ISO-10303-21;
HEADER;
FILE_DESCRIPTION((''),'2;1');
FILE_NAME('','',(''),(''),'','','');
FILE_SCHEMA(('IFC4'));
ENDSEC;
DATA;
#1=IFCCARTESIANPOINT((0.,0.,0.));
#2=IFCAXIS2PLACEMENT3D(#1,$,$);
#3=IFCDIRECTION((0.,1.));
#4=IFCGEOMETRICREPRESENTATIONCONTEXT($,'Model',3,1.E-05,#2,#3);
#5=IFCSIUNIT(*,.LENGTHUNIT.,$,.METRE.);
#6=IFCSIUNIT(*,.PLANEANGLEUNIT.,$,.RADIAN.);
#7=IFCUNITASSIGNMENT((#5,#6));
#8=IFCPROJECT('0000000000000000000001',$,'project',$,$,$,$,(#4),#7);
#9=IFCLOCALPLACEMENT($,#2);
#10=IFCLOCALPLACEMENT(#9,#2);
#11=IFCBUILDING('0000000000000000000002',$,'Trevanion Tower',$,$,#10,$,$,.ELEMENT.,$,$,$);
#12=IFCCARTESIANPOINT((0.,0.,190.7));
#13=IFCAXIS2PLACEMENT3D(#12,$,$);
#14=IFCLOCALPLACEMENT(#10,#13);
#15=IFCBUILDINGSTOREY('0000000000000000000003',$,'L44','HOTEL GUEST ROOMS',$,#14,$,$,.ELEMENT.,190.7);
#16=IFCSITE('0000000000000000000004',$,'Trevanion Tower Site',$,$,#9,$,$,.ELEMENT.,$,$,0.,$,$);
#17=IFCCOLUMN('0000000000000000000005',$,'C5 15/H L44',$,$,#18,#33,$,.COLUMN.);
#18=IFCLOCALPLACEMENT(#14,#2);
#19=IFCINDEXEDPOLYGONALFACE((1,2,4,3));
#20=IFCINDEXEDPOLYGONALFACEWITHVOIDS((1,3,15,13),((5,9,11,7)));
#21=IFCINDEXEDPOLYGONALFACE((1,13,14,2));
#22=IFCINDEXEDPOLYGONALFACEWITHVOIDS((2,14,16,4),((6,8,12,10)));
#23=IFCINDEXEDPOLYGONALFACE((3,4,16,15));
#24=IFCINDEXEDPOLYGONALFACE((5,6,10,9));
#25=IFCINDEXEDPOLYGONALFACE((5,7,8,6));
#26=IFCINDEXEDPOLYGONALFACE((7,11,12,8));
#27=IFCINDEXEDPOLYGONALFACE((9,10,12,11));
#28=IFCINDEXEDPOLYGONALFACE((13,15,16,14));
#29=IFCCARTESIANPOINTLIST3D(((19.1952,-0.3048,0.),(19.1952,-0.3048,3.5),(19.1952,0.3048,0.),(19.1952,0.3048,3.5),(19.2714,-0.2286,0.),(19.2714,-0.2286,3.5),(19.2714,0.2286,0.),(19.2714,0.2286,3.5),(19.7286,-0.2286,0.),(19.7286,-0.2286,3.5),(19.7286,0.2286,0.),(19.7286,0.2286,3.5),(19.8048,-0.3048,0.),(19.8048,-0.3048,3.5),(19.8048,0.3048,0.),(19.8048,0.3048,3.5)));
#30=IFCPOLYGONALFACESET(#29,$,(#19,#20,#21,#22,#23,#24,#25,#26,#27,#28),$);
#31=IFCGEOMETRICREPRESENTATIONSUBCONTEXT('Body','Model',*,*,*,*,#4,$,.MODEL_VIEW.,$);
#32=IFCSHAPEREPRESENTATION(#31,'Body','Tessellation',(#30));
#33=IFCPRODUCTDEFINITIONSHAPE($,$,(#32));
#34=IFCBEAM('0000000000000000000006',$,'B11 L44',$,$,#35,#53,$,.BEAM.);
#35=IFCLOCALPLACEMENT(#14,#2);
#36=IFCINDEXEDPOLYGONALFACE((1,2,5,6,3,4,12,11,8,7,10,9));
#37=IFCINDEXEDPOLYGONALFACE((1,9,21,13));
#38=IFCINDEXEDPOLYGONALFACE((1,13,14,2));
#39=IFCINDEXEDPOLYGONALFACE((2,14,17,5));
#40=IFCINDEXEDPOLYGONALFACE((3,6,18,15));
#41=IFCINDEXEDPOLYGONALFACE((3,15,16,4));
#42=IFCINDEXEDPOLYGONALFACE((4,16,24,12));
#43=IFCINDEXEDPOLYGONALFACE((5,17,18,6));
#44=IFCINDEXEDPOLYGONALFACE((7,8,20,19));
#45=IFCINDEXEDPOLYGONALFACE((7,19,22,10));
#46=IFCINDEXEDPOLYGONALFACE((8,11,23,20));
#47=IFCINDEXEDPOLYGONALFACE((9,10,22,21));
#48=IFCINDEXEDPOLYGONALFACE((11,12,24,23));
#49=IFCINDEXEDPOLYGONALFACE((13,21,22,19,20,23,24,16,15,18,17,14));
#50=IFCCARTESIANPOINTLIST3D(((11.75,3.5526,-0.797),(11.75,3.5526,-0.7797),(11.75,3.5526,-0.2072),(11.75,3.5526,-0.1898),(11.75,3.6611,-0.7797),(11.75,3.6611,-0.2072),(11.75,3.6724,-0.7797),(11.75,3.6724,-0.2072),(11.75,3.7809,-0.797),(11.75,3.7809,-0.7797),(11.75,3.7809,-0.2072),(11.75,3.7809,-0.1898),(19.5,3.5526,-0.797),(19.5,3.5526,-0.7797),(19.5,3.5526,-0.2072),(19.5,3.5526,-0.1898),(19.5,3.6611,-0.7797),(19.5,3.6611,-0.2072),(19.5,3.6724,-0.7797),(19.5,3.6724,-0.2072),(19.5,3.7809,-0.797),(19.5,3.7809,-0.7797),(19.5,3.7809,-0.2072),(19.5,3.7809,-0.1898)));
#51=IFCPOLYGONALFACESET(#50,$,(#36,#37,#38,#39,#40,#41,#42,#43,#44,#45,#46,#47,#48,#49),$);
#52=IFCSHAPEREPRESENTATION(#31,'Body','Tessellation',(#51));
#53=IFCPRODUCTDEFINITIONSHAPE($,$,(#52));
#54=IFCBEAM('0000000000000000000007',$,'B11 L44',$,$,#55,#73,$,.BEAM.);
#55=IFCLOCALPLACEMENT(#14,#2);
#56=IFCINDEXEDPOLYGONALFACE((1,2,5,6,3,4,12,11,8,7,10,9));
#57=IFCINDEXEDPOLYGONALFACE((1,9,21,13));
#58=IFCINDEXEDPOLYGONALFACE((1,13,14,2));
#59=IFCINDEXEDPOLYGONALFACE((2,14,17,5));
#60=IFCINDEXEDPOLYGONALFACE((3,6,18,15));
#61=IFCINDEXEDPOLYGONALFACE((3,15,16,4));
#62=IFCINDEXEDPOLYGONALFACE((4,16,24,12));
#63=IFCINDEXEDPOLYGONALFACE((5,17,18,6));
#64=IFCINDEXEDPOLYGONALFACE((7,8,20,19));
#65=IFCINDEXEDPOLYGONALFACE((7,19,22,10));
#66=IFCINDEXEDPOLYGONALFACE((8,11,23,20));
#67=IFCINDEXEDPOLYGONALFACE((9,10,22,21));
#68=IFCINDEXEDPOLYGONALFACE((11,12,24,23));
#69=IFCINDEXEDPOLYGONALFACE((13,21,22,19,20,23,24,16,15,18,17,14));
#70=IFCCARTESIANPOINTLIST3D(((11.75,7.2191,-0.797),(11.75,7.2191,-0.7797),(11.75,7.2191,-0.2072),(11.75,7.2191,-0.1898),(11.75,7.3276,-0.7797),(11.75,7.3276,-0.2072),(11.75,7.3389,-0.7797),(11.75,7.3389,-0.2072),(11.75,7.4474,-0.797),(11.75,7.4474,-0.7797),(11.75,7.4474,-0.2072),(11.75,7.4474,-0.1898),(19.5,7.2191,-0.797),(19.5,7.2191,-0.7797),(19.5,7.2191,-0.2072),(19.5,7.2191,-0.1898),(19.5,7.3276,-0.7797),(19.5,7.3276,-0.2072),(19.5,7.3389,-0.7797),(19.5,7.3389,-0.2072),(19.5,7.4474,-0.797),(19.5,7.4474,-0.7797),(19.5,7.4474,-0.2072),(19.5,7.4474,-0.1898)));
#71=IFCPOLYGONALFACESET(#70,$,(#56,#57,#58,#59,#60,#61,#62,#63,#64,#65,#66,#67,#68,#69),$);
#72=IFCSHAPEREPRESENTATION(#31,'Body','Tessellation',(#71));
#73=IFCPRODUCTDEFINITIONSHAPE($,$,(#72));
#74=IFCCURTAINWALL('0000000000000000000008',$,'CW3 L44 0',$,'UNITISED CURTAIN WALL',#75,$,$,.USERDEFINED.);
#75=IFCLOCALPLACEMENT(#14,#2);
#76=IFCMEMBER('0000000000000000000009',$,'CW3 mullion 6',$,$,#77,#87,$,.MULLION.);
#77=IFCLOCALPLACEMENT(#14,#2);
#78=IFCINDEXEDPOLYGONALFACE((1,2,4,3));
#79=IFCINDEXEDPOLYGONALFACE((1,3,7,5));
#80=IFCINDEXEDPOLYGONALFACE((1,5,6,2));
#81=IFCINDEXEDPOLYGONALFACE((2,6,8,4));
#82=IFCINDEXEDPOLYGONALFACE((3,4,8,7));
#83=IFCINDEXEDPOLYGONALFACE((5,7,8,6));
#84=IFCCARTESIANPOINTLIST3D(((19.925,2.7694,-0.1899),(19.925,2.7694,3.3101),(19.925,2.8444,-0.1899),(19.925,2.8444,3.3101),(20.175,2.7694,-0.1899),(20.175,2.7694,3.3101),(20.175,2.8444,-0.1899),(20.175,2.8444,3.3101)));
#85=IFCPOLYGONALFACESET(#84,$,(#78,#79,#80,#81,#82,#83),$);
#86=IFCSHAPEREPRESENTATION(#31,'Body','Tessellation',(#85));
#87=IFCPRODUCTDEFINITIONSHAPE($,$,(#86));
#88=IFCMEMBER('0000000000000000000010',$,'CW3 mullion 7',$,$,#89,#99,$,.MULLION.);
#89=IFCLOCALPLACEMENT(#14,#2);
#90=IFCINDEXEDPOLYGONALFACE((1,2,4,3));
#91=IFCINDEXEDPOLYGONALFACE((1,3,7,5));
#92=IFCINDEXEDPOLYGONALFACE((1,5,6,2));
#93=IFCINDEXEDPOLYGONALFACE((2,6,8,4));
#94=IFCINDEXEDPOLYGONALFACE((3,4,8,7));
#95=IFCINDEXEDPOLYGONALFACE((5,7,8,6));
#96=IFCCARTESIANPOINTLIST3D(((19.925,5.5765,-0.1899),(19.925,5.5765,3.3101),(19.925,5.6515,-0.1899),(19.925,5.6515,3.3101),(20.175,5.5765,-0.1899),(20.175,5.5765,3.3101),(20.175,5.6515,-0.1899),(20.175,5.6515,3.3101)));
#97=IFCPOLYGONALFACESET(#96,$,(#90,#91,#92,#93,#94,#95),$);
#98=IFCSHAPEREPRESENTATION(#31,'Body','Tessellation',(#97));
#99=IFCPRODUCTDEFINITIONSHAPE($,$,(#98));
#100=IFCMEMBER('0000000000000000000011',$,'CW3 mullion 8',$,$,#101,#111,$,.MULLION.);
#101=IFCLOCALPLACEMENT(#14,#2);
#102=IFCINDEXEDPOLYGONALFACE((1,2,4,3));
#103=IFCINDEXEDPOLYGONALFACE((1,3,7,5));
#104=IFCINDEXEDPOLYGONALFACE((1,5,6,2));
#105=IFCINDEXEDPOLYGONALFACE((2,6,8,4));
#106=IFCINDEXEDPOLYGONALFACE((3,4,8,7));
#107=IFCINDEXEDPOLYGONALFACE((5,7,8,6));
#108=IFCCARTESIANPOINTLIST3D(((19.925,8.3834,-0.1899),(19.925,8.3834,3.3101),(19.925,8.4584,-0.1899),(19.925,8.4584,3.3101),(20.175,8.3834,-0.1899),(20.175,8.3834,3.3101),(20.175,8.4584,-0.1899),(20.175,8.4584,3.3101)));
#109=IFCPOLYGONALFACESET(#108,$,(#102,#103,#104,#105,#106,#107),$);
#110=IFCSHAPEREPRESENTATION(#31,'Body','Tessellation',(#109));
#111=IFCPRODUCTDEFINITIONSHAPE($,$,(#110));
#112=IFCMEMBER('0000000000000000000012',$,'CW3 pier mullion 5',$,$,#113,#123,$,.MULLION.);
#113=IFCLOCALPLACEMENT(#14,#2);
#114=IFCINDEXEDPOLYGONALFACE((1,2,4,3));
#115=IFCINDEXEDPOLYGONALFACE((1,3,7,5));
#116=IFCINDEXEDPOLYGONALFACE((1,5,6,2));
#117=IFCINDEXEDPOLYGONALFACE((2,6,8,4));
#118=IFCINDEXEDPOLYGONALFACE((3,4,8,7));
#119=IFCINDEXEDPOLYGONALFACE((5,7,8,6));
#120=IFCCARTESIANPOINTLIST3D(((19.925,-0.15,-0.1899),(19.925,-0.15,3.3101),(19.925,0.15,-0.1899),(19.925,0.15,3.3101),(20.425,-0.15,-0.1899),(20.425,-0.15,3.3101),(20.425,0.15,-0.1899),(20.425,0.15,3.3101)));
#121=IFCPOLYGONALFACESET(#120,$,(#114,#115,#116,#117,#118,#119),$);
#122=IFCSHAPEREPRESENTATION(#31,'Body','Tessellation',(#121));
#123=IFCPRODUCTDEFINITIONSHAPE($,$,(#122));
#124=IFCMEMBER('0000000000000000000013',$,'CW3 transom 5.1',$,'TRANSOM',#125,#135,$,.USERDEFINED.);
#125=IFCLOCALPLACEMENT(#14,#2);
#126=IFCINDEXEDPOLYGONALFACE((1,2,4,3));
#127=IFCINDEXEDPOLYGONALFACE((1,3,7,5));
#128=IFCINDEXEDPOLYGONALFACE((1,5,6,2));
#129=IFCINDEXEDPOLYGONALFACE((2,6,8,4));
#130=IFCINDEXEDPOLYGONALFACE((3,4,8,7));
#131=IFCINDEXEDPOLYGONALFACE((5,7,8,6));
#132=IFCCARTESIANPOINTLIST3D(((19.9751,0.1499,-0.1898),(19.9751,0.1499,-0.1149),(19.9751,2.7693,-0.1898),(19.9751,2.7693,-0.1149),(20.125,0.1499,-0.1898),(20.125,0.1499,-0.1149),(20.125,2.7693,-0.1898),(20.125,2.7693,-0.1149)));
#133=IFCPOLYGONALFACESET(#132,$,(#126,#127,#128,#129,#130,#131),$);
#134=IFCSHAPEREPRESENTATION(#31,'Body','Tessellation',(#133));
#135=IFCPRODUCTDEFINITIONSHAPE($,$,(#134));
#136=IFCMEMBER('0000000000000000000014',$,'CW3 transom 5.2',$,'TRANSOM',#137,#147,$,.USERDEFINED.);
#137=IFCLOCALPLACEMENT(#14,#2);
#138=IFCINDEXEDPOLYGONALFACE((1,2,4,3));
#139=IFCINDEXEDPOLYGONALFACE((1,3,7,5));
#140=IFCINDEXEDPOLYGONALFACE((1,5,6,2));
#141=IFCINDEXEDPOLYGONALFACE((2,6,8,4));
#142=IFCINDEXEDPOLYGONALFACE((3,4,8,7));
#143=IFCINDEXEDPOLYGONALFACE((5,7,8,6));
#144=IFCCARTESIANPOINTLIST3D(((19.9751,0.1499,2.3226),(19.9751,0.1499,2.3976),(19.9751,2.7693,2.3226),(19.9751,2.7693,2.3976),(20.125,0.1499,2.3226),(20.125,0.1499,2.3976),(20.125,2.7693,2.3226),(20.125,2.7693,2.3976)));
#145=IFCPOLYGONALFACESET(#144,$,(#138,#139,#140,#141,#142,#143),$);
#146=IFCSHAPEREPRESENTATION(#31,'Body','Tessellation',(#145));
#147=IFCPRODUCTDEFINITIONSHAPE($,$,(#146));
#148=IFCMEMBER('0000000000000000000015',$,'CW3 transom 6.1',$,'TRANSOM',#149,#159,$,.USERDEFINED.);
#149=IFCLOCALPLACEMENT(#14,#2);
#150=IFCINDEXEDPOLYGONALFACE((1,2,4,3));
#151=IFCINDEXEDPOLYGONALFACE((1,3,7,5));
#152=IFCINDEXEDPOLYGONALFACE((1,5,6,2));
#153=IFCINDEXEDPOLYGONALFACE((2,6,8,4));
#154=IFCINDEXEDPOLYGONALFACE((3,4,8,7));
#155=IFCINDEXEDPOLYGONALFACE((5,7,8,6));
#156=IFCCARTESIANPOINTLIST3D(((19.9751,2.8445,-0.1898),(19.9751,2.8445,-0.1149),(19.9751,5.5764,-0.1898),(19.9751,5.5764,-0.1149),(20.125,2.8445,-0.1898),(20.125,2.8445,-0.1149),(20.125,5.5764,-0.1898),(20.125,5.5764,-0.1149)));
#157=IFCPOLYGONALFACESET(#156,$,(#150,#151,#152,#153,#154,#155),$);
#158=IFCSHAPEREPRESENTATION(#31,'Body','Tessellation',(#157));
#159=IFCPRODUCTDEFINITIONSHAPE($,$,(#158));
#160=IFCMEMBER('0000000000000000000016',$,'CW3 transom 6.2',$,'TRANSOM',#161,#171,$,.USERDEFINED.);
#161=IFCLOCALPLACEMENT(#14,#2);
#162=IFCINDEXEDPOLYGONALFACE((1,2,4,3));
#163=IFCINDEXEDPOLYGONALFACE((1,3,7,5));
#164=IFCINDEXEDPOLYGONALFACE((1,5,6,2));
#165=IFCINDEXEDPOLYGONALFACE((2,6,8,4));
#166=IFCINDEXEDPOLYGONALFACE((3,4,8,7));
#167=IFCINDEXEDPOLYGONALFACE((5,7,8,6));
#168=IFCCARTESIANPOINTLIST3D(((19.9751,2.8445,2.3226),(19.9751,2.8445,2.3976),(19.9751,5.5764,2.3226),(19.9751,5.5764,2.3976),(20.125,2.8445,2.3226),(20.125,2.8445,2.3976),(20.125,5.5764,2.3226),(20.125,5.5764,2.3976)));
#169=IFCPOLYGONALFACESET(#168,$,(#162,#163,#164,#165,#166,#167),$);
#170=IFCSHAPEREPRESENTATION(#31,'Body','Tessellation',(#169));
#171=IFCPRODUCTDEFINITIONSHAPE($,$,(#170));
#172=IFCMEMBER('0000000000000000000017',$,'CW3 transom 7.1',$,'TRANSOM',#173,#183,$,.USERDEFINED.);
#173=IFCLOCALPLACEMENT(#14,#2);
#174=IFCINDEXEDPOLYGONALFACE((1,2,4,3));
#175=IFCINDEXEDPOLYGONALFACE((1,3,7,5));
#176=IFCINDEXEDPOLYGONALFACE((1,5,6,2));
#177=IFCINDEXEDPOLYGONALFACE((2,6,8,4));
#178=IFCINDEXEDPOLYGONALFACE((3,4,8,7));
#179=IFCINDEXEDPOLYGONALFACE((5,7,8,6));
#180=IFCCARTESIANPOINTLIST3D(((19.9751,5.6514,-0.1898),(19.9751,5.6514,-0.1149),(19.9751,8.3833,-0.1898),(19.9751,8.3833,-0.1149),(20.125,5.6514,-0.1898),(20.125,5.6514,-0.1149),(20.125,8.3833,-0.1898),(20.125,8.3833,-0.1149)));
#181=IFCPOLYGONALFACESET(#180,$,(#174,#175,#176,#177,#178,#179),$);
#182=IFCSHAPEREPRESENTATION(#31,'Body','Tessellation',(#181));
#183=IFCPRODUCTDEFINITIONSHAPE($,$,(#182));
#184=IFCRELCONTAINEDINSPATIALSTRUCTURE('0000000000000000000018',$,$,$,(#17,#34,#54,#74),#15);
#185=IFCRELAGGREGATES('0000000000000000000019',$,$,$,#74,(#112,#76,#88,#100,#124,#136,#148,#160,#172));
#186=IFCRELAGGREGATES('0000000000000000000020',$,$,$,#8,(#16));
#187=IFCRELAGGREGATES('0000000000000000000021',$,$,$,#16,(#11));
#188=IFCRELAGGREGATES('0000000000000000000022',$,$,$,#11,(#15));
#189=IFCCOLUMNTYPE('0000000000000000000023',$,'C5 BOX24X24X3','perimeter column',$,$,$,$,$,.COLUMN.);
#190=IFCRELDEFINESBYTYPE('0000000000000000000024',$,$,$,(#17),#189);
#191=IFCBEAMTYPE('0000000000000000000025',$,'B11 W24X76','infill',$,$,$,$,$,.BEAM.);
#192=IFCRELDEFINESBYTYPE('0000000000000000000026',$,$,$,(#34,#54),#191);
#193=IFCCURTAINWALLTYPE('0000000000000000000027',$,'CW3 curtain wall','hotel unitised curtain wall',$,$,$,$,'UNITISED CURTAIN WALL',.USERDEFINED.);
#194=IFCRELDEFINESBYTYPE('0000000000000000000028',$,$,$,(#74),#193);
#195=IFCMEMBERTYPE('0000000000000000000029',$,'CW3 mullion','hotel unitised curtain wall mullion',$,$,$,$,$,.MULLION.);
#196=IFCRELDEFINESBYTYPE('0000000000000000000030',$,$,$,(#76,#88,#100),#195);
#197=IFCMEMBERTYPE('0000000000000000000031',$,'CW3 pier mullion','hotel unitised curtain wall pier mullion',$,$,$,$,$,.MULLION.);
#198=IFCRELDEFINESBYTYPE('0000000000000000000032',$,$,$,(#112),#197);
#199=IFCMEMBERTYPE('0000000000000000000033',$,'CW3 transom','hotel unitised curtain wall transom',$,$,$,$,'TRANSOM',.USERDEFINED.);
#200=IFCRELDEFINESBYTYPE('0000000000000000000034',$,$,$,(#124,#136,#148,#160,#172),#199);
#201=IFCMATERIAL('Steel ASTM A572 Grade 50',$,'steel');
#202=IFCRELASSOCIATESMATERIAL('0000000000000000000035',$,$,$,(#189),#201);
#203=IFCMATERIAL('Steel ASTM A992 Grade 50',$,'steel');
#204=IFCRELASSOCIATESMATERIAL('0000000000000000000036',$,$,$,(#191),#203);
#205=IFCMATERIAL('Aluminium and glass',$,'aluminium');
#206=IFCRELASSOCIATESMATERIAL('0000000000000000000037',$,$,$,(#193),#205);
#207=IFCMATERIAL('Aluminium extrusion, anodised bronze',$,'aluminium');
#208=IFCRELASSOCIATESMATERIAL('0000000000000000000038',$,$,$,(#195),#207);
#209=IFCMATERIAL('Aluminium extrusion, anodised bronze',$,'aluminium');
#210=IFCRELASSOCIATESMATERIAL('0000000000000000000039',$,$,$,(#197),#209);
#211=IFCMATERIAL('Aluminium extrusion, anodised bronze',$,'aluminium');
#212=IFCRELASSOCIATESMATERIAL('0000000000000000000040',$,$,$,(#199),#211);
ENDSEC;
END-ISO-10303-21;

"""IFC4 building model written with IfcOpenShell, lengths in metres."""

from ifc_helpers import new_model, si_unit, direction, frame, origin, origin_2d, place, context, subcontext, project, spatial, rectangle, hollow_rectangle, i_section, extrude, material, material_profile, profile_set, type_object, element, aggregate, save


model = new_model("IFC4")

# Units and contexts
model_context = context("Model", 3, precision=1e-05, world=origin(), true_north=direction((0.0, 1.0)))
body_context = subcontext(model_context, "Body", "Model", "MODEL_VIEW")
ifc_project = project(units=[si_unit("LENGTHUNIT", "METRE"), si_unit("PLANEANGLEUNIT", "RADIAN")], contexts=[model_context])

# Site, building, storey
site_placement = place(None, origin())
site = spatial("IfcSite", under=ifc_project, at=site_placement, Name="Trevanion Tower Site", CompositionType="ELEMENT", RefElevation=0.0)
building_placement = place(site_placement, origin())
building = spatial("IfcBuilding", under=site, at=building_placement, Name="Trevanion Tower", CompositionType="ELEMENT")
storey_placement = place(building_placement, frame((0.0, 0.0, 190.7)))
storey = spatial("IfcBuildingStorey", under=building, at=storey_placement, Name="L44", Description="HOTEL GUEST ROOMS", CompositionType="ELEMENT", Elevation=190.7)

# Column
ifc_material_1 = material(Name="Steel ASTM A572 Grade 50", Category="steel")
ifc_material_profile_1 = material_profile(ifc_material_1, hollow_rectangle(XDim=0.6096, YDim=0.6096, WallThickness=0.0762, at=origin_2d()), Name="BOX24X24X3")
ifc_profile_set_1 = profile_set([ifc_material_profile_1], Name="Steel ASTM A572 Grade 50")
column_type = type_object("IfcColumnType", Name="C5 BOX24X24X3", Description="perimeter column", PredefinedType="COLUMN", material=ifc_profile_set_1)
column_placement = place(storey_placement, frame((19.5, 0.0, 0.0), z_axis=(0.0, 0.0, 1.0), x_axis=(0.0, 1.0, 0.0)))
element("IfcColumn", 1, at=column_placement, inside=storey, type_object=column_type, Name="C5 15/H L44", PredefinedType="COLUMN", context=body_context, shape_type="SweptSolid", body=[
    extrude(hollow_rectangle(XDim=0.6096, YDim=0.6096, WallThickness=0.0762, at=origin_2d()), origin(), (0.0, 0.0, 1.0), 3.5),
])

# Beams
ifc_material_2 = material(Name="Steel ASTM A992 Grade 50", Category="steel")
ifc_material_profile_2 = material_profile(ifc_material_2, i_section(OverallWidth=0.2283, OverallDepth=0.6072, WebThickness=0.0112, FlangeThickness=0.0173, at=origin_2d()), Name="W24X76")
ifc_profile_set_2 = profile_set([ifc_material_profile_2], Name="Steel ASTM A992 Grade 50")
beam_type_1 = type_object("IfcBeamType", Name="B11 W24X76", Description="infill", PredefinedType="BEAM", material=ifc_profile_set_2)
for number, where, z_axis, x_axis, name in (
    (2, (11.75, 3.6667, -0.4934), (1.0, 0.0, 0.0), (0.0, 1.0, 0.0), "B11 L44"),
    (3, (11.75, 7.3333, -0.4934), (1.0, 0.0, 0.0), (0.0, 1.0, 0.0), "B11 L44"),
):
    element("IfcBeam", number, at=place(storey_placement, frame(where, z_axis=z_axis, x_axis=x_axis)), inside=storey, type_object=beam_type_1, Name=name, PredefinedType="BEAM", context=body_context, shape_type="SweptSolid", body=[
        extrude(i_section(OverallWidth=0.2283, OverallDepth=0.6072, WebThickness=0.0112, FlangeThickness=0.0173, at=origin_2d()), origin(), (0.0, 0.0, 1.0), 7.75),
    ])

# Curtain wall, members
ifc_material_3 = material(Name="Aluminium and glass", Category="aluminium")
curtain_wall_type = type_object("IfcCurtainWallType", Name="CW3 curtain wall", Description="hotel unitised curtain wall", ElementType="UNITISED CURTAIN WALL", PredefinedType="USERDEFINED", material=ifc_material_3)
curtain_wall_placement = place(storey_placement, origin())
curtain_wall = element("IfcCurtainWall", 4, at=curtain_wall_placement, inside=storey, type_object=curtain_wall_type, Name="CW3 L44 0", ObjectType="UNITISED CURTAIN WALL", PredefinedType="USERDEFINED")
ifc_material_4 = material(Name="Aluminium extrusion, anodised bronze", Category="aluminium")
ifc_material_profile_3 = material_profile(ifc_material_4, rectangle(XDim=0.075, YDim=0.25, at=origin_2d()), Name="CW3 mullion")
ifc_profile_set_3 = profile_set([ifc_material_profile_3], Name="Aluminium extrusion, anodised bronze")
member_type_1 = type_object("IfcMemberType", Name="CW3 mullion", Description="hotel unitised curtain wall mullion", PredefinedType="MULLION", material=ifc_profile_set_3)
member_1_placement = place(storey_placement, frame((20.05, 2.8069, -0.1899), z_axis=(0.0, 0.0, 1.0), x_axis=(0.0, 1.0, 0.0)))
member_1 = element("IfcMember", 5, at=member_1_placement, type_object=member_type_1, Name="CW3 mullion 6", PredefinedType="MULLION", context=body_context, shape_type="SweptSolid", body=[
    extrude(rectangle(XDim=0.075, YDim=0.25, at=origin_2d()), origin(), (0.0, 0.0, 1.0), 3.5),
])
member_2_placement = place(storey_placement, frame((20.05, 5.614, -0.1899), z_axis=(0.0, 0.0, 1.0), x_axis=(0.0, 1.0, 0.0)))
member_2 = element("IfcMember", 6, at=member_2_placement, type_object=member_type_1, Name="CW3 mullion 7", PredefinedType="MULLION", context=body_context, shape_type="SweptSolid", body=[
    extrude(rectangle(XDim=0.075, YDim=0.25, at=origin_2d()), origin(), (0.0, 0.0, 1.0), 3.5),
])
member_3_placement = place(storey_placement, frame((20.05, 8.4209, -0.1899), z_axis=(0.0, 0.0, 1.0), x_axis=(0.0, 1.0, 0.0)))
member_3 = element("IfcMember", 7, at=member_3_placement, type_object=member_type_1, Name="CW3 mullion 8", PredefinedType="MULLION", context=body_context, shape_type="SweptSolid", body=[
    extrude(rectangle(XDim=0.075, YDim=0.25, at=origin_2d()), origin(), (0.0, 0.0, 1.0), 3.5),
])
ifc_material_5 = material(Name="Aluminium extrusion, anodised bronze", Category="aluminium")
ifc_material_profile_4 = material_profile(ifc_material_5, rectangle(XDim=0.3, YDim=0.5, at=origin_2d()), Name="CW3 pier mullion")
ifc_profile_set_4 = profile_set([ifc_material_profile_4], Name="Aluminium extrusion, anodised bronze")
member_type_2 = type_object("IfcMemberType", Name="CW3 pier mullion", Description="hotel unitised curtain wall pier mullion", PredefinedType="MULLION", material=ifc_profile_set_4)
member_4_placement = place(storey_placement, frame((20.175, 0.0, -0.1899), z_axis=(0.0, 0.0, 1.0), x_axis=(0.0, 1.0, 0.0)))
member_4 = element("IfcMember", 8, at=member_4_placement, type_object=member_type_2, Name="CW3 pier mullion 5", PredefinedType="MULLION", context=body_context, shape_type="SweptSolid", body=[
    extrude(rectangle(XDim=0.3, YDim=0.5, at=origin_2d()), origin(), (0.0, 0.0, 1.0), 3.5),
])
ifc_material_6 = material(Name="Aluminium extrusion, anodised bronze", Category="aluminium")
ifc_material_profile_5 = material_profile(ifc_material_6, rectangle(XDim=0.1499, YDim=0.075, at=origin_2d()), Name="CW3 transom")
ifc_profile_set_5 = profile_set([ifc_material_profile_5], Name="Aluminium extrusion, anodised bronze")
member_type_3 = type_object("IfcMemberType", Name="CW3 transom", Description="hotel unitised curtain wall transom", ElementType="TRANSOM", PredefinedType="USERDEFINED", material=ifc_profile_set_5)
member_5_placement = place(storey_placement, frame((20.05, 0.1499, -0.1523), z_axis=(0.0, 1.0, 0.0), x_axis=(-1.0, 0.0, 0.0)))
member_5 = element("IfcMember", 9, at=member_5_placement, type_object=member_type_3, Name="CW3 transom 5.1", ObjectType="TRANSOM", PredefinedType="USERDEFINED", context=body_context, shape_type="SweptSolid", body=[
    extrude(rectangle(XDim=0.1499, YDim=0.075, at=origin_2d()), origin(), (0.0, 0.0, 1.0), 2.6194),
])
member_6_placement = place(storey_placement, frame((20.05, 0.1499, 2.3601), z_axis=(0.0, 1.0, 0.0), x_axis=(-1.0, 0.0, 0.0)))
member_6 = element("IfcMember", 10, at=member_6_placement, type_object=member_type_3, Name="CW3 transom 5.2", ObjectType="TRANSOM", PredefinedType="USERDEFINED", context=body_context, shape_type="SweptSolid", body=[
    extrude(rectangle(XDim=0.1499, YDim=0.075, at=origin_2d()), origin(), (0.0, 0.0, 1.0), 2.6194),
])
member_7_placement = place(storey_placement, frame((20.05, 2.8445, -0.1523), z_axis=(0.0, 1.0, 0.0), x_axis=(-1.0, 0.0, 0.0)))
member_7 = element("IfcMember", 11, at=member_7_placement, type_object=member_type_3, Name="CW3 transom 6.1", ObjectType="TRANSOM", PredefinedType="USERDEFINED", context=body_context, shape_type="SweptSolid", body=[
    extrude(rectangle(XDim=0.1499, YDim=0.075, at=origin_2d()), origin(), (0.0, 0.0, 1.0), 2.7319),
])
member_8_placement = place(storey_placement, frame((20.05, 2.8445, 2.3601), z_axis=(0.0, 1.0, 0.0), x_axis=(-1.0, 0.0, 0.0)))
member_8 = element("IfcMember", 12, at=member_8_placement, type_object=member_type_3, Name="CW3 transom 6.2", ObjectType="TRANSOM", PredefinedType="USERDEFINED", context=body_context, shape_type="SweptSolid", body=[
    extrude(rectangle(XDim=0.1499, YDim=0.075, at=origin_2d()), origin(), (0.0, 0.0, 1.0), 2.7319),
])
member_9_placement = place(storey_placement, frame((20.05, 5.6514, -0.1523), z_axis=(0.0, 1.0, 0.0), x_axis=(-1.0, 0.0, 0.0)))
member_9 = element("IfcMember", 13, at=member_9_placement, type_object=member_type_3, Name="CW3 transom 7.1", ObjectType="TRANSOM", PredefinedType="USERDEFINED", context=body_context, shape_type="SweptSolid", body=[
    extrude(rectangle(XDim=0.1499, YDim=0.075, at=origin_2d()), origin(), (0.0, 0.0, 1.0), 2.7319),
])

aggregate(curtain_wall, [member_4, member_1, member_2, member_3, member_5, member_6, member_7, member_8, member_9])

save(model, "model.ifc")
